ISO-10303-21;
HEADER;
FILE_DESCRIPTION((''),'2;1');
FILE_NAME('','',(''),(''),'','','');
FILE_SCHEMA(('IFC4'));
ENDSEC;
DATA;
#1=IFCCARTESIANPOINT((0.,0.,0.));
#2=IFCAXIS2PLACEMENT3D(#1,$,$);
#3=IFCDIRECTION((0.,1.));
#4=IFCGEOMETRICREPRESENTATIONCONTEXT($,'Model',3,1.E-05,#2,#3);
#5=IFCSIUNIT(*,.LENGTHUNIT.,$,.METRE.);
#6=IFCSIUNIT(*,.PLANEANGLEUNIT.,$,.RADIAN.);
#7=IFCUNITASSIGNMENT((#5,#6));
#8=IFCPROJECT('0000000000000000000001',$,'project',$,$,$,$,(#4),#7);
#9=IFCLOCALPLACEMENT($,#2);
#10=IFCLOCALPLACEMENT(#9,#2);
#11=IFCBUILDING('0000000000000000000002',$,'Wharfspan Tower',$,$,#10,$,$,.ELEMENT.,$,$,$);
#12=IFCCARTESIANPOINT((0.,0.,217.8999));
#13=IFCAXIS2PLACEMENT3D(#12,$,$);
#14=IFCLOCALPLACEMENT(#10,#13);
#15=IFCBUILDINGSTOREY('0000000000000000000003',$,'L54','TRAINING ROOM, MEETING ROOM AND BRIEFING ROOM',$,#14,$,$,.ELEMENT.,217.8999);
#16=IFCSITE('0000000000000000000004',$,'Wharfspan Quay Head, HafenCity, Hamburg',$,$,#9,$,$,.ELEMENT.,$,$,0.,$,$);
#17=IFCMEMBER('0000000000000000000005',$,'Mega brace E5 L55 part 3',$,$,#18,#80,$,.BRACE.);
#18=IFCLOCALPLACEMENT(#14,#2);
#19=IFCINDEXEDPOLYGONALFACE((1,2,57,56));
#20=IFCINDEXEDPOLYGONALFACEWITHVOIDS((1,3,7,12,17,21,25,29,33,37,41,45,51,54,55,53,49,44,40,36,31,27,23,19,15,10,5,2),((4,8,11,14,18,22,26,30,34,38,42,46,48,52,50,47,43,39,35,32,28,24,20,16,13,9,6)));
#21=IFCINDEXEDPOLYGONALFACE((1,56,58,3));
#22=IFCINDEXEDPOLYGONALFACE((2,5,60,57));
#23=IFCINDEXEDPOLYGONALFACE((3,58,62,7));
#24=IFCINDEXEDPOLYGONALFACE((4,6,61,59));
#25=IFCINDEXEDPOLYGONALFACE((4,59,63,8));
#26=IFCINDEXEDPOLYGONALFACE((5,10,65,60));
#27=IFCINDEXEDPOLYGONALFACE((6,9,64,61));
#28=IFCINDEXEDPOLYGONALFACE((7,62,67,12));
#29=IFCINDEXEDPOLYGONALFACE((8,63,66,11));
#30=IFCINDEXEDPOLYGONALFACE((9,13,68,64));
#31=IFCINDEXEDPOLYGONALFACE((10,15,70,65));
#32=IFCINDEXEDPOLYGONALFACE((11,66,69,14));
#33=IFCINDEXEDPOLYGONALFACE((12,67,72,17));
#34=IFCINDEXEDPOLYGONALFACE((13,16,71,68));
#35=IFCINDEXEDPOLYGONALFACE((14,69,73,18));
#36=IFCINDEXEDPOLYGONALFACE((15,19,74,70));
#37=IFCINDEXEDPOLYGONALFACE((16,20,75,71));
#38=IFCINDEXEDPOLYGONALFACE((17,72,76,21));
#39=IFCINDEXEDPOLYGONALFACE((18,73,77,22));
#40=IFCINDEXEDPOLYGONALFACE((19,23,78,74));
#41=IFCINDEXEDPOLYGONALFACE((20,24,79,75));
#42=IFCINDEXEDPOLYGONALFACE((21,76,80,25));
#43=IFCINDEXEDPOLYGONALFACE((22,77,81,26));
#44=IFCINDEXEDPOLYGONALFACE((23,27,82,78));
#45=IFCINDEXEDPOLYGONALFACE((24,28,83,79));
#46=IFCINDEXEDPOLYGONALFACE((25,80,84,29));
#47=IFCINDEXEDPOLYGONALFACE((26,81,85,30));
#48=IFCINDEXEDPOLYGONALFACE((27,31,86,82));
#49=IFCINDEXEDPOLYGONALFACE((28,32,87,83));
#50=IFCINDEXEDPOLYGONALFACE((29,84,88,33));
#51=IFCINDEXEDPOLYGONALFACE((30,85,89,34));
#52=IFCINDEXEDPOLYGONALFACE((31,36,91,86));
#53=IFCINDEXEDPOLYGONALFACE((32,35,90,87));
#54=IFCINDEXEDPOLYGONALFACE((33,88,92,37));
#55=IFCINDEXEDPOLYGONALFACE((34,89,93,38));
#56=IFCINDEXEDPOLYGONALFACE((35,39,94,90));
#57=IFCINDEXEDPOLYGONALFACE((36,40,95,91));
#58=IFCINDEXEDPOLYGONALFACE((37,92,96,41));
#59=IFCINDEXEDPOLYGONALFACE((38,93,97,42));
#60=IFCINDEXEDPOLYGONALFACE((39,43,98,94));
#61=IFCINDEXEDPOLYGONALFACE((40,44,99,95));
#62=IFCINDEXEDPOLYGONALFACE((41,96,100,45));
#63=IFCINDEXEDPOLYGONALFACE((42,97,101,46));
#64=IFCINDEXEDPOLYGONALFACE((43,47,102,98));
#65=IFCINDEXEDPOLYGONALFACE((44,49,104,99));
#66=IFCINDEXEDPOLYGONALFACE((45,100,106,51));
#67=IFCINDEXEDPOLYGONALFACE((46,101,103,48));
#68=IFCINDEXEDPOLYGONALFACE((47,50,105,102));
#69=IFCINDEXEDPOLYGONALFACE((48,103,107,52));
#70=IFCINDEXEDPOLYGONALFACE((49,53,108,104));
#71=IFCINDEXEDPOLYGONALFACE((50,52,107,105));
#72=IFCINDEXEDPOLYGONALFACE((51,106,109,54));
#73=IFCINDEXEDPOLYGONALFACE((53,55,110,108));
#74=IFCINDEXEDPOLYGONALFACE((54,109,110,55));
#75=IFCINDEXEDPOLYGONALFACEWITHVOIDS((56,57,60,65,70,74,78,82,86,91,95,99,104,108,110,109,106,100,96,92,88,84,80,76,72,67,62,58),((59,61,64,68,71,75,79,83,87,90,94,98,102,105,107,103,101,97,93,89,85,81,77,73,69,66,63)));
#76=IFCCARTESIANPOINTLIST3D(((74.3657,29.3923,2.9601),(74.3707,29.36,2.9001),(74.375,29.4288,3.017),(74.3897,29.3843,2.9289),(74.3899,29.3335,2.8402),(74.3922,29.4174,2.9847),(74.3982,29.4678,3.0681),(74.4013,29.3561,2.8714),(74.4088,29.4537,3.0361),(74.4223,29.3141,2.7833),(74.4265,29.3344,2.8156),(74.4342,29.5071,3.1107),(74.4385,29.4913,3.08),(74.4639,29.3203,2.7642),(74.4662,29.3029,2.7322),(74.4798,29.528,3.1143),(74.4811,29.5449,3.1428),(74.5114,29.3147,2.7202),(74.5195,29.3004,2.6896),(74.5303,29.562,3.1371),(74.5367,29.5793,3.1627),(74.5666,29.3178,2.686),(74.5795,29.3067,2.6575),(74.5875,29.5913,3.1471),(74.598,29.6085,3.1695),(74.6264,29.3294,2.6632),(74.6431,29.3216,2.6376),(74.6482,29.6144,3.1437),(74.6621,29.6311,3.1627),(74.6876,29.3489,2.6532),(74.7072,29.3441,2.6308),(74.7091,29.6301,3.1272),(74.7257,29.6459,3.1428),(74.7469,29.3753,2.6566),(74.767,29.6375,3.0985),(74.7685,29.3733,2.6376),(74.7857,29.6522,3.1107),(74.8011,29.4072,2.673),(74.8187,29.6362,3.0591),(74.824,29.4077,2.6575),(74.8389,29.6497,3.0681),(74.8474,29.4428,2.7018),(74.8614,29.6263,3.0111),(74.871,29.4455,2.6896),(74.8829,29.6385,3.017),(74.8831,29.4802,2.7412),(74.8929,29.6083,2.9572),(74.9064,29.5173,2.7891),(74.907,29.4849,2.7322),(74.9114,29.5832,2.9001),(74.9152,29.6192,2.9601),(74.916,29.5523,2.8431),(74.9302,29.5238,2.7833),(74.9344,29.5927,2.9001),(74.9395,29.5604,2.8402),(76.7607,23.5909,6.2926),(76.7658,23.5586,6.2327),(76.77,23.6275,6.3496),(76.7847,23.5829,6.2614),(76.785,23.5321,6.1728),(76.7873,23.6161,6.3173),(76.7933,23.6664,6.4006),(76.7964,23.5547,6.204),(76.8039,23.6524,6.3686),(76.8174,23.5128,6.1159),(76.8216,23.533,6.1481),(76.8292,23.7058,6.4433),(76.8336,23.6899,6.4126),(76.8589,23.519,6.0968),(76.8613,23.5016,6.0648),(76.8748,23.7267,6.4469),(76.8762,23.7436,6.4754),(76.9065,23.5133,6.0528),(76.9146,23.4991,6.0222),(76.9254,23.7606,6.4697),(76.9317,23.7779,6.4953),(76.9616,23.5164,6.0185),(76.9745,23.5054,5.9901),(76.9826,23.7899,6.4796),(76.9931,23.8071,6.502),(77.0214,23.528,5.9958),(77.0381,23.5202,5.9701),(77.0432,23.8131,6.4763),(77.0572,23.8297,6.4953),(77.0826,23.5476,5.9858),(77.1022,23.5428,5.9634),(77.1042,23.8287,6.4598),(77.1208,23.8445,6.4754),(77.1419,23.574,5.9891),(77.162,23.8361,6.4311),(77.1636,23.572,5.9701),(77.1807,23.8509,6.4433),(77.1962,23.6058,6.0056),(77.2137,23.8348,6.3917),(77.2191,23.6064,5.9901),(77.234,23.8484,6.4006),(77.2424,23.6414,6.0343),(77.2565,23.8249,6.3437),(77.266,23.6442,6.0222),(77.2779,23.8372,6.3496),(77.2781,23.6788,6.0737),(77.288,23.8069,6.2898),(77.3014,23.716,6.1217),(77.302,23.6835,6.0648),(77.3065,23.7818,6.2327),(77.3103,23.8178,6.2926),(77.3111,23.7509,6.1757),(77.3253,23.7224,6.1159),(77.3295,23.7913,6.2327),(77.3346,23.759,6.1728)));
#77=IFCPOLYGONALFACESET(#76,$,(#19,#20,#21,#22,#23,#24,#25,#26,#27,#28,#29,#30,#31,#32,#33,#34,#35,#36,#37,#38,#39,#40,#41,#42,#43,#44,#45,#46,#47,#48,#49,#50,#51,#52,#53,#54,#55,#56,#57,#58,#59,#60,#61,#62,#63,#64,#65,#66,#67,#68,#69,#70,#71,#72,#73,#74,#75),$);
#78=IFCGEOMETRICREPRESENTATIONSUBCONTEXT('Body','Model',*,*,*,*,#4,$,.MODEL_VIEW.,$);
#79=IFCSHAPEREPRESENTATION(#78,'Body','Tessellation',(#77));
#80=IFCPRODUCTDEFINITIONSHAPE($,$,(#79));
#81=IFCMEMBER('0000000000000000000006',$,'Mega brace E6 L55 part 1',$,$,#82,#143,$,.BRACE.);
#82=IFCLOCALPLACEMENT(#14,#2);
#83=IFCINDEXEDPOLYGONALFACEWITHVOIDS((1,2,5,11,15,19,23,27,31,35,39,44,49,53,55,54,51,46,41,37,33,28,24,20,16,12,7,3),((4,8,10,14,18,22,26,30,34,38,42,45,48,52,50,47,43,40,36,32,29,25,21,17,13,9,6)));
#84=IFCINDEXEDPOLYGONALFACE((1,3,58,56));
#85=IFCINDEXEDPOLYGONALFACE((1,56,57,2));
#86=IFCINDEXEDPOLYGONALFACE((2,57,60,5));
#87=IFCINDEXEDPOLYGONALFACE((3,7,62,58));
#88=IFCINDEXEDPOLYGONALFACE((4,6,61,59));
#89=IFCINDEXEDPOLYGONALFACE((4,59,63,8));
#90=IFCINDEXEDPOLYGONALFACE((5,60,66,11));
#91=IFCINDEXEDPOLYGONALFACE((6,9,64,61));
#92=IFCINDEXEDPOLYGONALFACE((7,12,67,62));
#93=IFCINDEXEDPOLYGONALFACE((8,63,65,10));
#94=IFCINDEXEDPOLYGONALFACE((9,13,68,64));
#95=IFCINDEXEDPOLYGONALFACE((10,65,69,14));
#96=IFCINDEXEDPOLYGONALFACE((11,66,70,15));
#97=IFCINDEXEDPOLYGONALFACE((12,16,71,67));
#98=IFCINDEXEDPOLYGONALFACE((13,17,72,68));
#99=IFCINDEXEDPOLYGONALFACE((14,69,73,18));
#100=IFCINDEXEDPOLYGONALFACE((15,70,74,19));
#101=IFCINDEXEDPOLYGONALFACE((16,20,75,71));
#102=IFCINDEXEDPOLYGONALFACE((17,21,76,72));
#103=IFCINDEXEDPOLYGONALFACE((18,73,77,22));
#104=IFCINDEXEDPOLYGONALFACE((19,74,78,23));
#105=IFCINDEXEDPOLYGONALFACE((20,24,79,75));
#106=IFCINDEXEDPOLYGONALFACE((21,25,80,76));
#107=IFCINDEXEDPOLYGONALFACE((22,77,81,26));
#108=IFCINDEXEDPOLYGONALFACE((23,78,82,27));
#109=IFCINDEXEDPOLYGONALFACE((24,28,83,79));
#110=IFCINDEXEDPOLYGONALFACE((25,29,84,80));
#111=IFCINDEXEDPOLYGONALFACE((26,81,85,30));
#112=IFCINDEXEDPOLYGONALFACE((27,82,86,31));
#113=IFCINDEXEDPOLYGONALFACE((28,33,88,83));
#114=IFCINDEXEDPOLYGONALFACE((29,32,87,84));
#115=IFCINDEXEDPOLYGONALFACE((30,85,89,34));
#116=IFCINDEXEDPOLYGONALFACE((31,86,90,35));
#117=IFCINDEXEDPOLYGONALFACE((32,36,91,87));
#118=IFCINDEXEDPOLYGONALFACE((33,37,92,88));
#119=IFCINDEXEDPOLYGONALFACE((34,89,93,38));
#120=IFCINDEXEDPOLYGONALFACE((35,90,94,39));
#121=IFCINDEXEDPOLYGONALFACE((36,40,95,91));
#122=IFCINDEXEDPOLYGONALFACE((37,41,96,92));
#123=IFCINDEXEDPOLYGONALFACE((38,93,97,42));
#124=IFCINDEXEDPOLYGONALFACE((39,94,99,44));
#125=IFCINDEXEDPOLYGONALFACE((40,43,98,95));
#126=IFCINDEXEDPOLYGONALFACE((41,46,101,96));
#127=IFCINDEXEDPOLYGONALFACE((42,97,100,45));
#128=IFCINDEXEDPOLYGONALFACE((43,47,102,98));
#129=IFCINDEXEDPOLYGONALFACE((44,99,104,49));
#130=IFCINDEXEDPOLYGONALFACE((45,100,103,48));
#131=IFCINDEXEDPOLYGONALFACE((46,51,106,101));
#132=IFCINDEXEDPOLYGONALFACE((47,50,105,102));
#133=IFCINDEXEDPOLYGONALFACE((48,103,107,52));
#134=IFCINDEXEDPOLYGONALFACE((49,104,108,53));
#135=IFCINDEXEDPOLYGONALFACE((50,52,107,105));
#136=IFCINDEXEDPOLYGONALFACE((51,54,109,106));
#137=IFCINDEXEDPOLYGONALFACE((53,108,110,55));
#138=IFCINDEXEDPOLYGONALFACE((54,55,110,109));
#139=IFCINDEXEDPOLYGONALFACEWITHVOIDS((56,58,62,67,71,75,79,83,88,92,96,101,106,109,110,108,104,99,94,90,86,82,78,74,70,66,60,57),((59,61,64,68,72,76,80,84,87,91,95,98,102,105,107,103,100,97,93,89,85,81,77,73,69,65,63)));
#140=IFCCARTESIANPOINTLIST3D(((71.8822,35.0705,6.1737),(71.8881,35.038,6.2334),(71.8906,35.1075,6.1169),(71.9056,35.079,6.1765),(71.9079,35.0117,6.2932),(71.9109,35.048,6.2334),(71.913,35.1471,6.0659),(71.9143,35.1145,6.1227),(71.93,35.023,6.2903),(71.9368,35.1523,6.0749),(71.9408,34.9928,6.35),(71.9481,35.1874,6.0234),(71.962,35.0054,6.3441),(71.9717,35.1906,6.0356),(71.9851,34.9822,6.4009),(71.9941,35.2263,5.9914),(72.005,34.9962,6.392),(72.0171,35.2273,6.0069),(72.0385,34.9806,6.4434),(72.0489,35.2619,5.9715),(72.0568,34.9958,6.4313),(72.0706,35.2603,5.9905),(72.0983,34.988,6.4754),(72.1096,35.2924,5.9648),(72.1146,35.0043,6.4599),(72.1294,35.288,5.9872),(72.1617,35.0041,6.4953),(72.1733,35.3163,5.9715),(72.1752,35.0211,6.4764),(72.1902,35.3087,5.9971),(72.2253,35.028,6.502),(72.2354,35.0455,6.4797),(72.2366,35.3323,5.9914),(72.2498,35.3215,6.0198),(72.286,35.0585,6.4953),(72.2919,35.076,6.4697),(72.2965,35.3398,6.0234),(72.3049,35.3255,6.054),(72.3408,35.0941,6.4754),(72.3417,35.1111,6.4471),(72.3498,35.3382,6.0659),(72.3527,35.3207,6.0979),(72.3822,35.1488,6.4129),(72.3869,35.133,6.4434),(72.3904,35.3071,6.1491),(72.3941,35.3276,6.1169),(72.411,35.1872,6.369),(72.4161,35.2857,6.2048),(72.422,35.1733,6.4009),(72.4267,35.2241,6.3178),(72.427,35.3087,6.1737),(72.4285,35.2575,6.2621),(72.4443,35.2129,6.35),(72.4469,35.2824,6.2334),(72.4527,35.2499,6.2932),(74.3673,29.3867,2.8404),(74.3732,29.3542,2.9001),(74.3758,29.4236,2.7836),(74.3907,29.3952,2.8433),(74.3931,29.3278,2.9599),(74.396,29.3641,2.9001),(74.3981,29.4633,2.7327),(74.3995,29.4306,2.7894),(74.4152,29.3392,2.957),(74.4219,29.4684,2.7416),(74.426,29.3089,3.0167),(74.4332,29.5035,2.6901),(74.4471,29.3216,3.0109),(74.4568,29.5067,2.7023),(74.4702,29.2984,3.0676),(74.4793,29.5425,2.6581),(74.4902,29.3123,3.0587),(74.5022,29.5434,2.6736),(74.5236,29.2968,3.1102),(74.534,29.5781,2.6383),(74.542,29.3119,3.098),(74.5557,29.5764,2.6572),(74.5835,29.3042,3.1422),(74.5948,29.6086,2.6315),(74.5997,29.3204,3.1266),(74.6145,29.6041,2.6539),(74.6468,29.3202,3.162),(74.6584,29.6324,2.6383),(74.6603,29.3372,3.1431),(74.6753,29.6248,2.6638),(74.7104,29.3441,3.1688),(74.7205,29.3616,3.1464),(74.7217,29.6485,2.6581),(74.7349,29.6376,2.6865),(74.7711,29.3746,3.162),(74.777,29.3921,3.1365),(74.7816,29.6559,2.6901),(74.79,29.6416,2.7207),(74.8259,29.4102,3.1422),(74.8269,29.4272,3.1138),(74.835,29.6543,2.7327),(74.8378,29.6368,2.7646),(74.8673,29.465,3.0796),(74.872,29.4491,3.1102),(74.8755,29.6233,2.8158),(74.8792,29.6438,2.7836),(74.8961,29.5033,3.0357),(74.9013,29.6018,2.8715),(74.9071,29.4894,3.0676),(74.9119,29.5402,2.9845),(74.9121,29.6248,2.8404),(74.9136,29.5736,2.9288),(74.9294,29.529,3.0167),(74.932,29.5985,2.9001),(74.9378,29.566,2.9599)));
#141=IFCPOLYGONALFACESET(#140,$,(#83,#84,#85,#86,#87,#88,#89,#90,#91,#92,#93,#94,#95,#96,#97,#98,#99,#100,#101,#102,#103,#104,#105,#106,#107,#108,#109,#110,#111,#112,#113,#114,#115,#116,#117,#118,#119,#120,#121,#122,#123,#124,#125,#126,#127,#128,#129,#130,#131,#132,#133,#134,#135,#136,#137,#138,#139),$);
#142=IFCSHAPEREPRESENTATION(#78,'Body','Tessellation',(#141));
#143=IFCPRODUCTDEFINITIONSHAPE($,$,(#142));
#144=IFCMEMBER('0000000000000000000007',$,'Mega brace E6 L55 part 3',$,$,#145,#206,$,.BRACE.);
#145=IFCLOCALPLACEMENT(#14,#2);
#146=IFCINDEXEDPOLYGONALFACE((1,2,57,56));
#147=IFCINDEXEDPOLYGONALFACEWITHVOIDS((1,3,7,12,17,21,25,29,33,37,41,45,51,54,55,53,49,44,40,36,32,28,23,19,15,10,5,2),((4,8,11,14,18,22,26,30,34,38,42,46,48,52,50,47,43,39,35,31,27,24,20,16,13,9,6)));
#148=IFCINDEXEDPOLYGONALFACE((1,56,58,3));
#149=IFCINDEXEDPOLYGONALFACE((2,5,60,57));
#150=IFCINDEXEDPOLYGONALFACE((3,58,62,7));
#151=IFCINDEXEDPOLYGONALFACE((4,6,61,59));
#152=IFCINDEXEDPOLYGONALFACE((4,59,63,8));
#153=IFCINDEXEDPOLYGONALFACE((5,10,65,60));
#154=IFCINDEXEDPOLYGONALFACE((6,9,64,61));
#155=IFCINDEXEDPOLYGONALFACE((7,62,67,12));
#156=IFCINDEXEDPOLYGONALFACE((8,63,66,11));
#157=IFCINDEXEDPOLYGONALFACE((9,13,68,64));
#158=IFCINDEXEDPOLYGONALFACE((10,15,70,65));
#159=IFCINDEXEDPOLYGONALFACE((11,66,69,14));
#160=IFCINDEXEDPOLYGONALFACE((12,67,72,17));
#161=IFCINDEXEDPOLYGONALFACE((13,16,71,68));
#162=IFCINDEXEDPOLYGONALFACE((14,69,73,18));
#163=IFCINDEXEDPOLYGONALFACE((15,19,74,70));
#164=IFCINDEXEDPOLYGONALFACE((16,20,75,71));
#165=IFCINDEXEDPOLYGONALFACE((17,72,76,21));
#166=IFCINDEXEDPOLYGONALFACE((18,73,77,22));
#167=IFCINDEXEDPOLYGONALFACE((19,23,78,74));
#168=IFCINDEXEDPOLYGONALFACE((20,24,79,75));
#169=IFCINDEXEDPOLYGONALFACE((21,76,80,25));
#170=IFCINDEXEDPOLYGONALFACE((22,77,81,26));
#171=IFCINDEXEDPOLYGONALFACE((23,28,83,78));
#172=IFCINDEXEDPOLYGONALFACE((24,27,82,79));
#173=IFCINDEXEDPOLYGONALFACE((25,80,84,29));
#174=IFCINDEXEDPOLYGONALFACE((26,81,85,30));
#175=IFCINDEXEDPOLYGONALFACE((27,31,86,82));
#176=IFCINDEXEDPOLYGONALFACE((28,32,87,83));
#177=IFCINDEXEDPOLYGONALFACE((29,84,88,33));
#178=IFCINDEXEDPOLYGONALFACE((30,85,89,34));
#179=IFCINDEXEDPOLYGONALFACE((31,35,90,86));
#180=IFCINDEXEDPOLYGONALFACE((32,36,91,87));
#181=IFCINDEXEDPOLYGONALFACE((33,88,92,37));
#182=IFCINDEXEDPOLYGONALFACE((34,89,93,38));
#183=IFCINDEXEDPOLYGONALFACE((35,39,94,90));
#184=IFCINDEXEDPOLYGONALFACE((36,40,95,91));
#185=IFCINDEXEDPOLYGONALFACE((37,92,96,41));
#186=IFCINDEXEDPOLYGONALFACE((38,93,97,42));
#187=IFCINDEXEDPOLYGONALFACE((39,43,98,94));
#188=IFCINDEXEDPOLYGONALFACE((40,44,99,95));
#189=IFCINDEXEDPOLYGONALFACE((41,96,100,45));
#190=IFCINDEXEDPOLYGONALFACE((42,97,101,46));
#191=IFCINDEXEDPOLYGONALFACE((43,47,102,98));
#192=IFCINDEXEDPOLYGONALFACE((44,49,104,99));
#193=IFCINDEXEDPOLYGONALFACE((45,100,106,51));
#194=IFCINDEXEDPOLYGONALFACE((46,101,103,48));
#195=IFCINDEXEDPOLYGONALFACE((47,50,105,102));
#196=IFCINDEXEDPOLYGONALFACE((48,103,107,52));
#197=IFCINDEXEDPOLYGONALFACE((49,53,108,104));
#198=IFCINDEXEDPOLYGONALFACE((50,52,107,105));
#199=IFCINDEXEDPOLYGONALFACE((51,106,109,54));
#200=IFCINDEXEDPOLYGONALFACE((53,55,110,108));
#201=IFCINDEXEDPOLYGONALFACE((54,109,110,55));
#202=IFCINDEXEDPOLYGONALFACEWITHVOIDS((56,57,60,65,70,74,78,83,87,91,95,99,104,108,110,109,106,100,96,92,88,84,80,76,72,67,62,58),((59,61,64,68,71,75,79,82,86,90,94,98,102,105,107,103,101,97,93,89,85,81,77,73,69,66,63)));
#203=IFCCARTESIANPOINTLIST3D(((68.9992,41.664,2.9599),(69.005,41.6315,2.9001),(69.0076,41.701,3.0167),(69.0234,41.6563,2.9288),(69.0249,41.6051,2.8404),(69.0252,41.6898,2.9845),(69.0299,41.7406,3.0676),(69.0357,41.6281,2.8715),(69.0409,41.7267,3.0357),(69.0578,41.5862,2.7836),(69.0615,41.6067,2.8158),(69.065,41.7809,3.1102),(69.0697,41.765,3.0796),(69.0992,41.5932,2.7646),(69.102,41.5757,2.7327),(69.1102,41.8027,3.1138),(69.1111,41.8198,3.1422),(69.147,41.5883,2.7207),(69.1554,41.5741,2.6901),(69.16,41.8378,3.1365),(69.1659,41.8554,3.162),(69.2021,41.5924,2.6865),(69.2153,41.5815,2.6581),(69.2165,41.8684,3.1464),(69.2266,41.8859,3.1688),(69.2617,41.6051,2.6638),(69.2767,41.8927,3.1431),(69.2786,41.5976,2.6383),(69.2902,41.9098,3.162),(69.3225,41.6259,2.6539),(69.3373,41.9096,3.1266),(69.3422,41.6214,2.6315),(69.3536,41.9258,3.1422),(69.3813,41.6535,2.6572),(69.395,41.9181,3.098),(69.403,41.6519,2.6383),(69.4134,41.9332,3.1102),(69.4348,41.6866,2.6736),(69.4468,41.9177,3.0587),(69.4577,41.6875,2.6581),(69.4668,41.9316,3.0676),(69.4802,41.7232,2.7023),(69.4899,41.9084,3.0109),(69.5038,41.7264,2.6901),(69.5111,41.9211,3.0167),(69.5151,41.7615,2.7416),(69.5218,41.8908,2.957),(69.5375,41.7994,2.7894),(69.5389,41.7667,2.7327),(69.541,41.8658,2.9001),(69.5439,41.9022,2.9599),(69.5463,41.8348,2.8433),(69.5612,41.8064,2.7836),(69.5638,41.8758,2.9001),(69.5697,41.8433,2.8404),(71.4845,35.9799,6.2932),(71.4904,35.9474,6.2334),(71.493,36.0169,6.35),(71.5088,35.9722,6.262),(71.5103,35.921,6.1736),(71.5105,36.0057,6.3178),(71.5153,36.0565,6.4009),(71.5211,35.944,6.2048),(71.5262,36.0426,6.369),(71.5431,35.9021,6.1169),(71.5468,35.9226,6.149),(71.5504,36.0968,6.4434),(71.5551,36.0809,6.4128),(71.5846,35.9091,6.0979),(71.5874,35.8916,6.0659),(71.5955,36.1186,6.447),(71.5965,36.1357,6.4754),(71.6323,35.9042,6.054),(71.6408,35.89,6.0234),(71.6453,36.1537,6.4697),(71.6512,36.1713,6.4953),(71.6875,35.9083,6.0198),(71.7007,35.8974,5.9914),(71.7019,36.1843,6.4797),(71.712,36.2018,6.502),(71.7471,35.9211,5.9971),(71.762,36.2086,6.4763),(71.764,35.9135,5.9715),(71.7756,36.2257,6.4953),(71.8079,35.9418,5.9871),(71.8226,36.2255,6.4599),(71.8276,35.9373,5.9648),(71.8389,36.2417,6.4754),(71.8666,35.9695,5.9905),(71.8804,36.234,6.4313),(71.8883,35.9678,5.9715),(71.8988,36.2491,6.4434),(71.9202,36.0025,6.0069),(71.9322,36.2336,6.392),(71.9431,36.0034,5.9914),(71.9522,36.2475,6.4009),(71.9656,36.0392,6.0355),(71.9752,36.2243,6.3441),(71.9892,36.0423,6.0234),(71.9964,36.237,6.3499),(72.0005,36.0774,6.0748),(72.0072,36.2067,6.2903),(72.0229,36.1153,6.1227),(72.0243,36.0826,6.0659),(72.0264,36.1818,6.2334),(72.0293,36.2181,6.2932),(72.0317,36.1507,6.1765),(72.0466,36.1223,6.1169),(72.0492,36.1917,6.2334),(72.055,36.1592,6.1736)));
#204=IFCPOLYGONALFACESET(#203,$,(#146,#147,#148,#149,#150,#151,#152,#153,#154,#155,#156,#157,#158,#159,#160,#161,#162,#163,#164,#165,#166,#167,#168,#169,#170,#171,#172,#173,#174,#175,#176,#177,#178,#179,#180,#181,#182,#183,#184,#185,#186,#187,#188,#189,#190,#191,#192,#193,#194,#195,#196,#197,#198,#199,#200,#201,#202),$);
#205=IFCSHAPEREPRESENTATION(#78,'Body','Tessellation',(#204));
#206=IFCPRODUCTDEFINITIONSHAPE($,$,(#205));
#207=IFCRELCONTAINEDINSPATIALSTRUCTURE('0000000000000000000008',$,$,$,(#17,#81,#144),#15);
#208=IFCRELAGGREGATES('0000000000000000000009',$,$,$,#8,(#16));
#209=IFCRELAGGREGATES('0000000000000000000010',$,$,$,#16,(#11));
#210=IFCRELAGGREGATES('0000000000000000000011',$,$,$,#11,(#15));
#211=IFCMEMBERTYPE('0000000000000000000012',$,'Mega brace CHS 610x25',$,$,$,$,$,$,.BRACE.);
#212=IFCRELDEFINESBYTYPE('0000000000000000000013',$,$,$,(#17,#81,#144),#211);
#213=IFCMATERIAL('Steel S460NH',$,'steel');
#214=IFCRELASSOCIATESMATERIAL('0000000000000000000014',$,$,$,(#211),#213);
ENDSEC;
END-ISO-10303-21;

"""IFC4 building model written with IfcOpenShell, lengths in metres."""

from ifc_helpers import new_model, si_unit, direction, frame, origin, origin_2d, place, context, subcontext, project, spatial, hollow_circle, extrude, material, material_profile, profile_set, type_object, element, save


model = new_model("IFC4")

# Units and contexts
model_context = context("Model", 3, precision=1e-05, world=origin(), true_north=direction((0.0, 1.0)))
body_context = subcontext(model_context, "Body", "Model", "MODEL_VIEW")
ifc_project = project(units=[si_unit("LENGTHUNIT", "METRE"), si_unit("PLANEANGLEUNIT", "RADIAN")], contexts=[model_context])

# Site, building, storey
site_placement = place(None, origin())
site = spatial("IfcSite", under=ifc_project, at=site_placement, Name="Wharfspan Quay Head, HafenCity, Hamburg", CompositionType="ELEMENT", RefElevation=0.0)
building_placement = place(site_placement, origin())
building = spatial("IfcBuilding", under=site, at=building_placement, Name="Wharfspan Tower", CompositionType="ELEMENT")
storey_placement = place(building_placement, frame((0.0, 0.0, 217.8999)))
storey = spatial("IfcBuildingStorey", under=building, at=storey_placement, Name="L54", Description="TRAINING ROOM, MEETING ROOM AND BRIEFING ROOM", CompositionType="ELEMENT", Elevation=217.8999)

# Members
ifc_material_1 = material(Name="Steel S460NH", Category="steel")
ifc_material_profile_1 = material_profile(ifc_material_1, hollow_circle(Radius=0.3049, WallThickness=0.0249, at=origin_2d()))
ifc_profile_set_1 = profile_set([ifc_material_profile_1], Name="Steel S460NH")
member_type_1 = type_object("IfcMemberType", Name="Mega brace CHS 610x25", PredefinedType="BRACE", material=ifc_profile_set_1)
member_1_placement = place(storey_placement, frame((74.6526, 29.4763, 2.9001), z_axis=(0.337038, -0.81638, 0.468967), x_axis=(0.924329, 0.381603, -0.000002)))
element("IfcMember", 1, at=member_1_placement, inside=storey, type_object=member_type_1, Name="Mega brace E5 L55 part 3", PredefinedType="BRACE", context=body_context, shape_type="SweptSolid", body=[
    extrude(hollow_circle(Radius=0.3049, WallThickness=0.0249, at=origin_2d()), origin(), (0.0, 0.0, 1.0), 7.1062),
])
member_2_placement = place(storey_placement, frame((74.6526, 29.4763, 2.9001), z_axis=(-0.352889, 0.807113, 0.473327), x_axis=(-0.916248, -0.400606, 0.000001)))
element("IfcMember", 2, at=member_2_placement, inside=storey, type_object=member_type_1, Name="Mega brace E6 L55 part 1", PredefinedType="BRACE", context=body_context, shape_type="SweptSolid", body=[
    extrude(hollow_circle(Radius=0.3049, WallThickness=0.0249, at=origin_2d()), origin(), (0.0, 0.0, 1.0), 7.0422),
])
member_3_placement = place(storey_placement, frame((69.2844, 41.7537, 2.9001), z_axis=(0.352909, -0.807115, 0.473307), x_axis=(0.916238, 0.400621, -0.000003)))
element("IfcMember", 3, at=member_3_placement, inside=storey, type_object=member_type_1, Name="Mega brace E6 L55 part 3", PredefinedType="BRACE", context=body_context, shape_type="SweptSolid", body=[
    extrude(hollow_circle(Radius=0.3049, WallThickness=0.0249, at=origin_2d()), origin(), (0.0, 0.0, 1.0), 7.0425),
])

save(model, "model.ifc")
